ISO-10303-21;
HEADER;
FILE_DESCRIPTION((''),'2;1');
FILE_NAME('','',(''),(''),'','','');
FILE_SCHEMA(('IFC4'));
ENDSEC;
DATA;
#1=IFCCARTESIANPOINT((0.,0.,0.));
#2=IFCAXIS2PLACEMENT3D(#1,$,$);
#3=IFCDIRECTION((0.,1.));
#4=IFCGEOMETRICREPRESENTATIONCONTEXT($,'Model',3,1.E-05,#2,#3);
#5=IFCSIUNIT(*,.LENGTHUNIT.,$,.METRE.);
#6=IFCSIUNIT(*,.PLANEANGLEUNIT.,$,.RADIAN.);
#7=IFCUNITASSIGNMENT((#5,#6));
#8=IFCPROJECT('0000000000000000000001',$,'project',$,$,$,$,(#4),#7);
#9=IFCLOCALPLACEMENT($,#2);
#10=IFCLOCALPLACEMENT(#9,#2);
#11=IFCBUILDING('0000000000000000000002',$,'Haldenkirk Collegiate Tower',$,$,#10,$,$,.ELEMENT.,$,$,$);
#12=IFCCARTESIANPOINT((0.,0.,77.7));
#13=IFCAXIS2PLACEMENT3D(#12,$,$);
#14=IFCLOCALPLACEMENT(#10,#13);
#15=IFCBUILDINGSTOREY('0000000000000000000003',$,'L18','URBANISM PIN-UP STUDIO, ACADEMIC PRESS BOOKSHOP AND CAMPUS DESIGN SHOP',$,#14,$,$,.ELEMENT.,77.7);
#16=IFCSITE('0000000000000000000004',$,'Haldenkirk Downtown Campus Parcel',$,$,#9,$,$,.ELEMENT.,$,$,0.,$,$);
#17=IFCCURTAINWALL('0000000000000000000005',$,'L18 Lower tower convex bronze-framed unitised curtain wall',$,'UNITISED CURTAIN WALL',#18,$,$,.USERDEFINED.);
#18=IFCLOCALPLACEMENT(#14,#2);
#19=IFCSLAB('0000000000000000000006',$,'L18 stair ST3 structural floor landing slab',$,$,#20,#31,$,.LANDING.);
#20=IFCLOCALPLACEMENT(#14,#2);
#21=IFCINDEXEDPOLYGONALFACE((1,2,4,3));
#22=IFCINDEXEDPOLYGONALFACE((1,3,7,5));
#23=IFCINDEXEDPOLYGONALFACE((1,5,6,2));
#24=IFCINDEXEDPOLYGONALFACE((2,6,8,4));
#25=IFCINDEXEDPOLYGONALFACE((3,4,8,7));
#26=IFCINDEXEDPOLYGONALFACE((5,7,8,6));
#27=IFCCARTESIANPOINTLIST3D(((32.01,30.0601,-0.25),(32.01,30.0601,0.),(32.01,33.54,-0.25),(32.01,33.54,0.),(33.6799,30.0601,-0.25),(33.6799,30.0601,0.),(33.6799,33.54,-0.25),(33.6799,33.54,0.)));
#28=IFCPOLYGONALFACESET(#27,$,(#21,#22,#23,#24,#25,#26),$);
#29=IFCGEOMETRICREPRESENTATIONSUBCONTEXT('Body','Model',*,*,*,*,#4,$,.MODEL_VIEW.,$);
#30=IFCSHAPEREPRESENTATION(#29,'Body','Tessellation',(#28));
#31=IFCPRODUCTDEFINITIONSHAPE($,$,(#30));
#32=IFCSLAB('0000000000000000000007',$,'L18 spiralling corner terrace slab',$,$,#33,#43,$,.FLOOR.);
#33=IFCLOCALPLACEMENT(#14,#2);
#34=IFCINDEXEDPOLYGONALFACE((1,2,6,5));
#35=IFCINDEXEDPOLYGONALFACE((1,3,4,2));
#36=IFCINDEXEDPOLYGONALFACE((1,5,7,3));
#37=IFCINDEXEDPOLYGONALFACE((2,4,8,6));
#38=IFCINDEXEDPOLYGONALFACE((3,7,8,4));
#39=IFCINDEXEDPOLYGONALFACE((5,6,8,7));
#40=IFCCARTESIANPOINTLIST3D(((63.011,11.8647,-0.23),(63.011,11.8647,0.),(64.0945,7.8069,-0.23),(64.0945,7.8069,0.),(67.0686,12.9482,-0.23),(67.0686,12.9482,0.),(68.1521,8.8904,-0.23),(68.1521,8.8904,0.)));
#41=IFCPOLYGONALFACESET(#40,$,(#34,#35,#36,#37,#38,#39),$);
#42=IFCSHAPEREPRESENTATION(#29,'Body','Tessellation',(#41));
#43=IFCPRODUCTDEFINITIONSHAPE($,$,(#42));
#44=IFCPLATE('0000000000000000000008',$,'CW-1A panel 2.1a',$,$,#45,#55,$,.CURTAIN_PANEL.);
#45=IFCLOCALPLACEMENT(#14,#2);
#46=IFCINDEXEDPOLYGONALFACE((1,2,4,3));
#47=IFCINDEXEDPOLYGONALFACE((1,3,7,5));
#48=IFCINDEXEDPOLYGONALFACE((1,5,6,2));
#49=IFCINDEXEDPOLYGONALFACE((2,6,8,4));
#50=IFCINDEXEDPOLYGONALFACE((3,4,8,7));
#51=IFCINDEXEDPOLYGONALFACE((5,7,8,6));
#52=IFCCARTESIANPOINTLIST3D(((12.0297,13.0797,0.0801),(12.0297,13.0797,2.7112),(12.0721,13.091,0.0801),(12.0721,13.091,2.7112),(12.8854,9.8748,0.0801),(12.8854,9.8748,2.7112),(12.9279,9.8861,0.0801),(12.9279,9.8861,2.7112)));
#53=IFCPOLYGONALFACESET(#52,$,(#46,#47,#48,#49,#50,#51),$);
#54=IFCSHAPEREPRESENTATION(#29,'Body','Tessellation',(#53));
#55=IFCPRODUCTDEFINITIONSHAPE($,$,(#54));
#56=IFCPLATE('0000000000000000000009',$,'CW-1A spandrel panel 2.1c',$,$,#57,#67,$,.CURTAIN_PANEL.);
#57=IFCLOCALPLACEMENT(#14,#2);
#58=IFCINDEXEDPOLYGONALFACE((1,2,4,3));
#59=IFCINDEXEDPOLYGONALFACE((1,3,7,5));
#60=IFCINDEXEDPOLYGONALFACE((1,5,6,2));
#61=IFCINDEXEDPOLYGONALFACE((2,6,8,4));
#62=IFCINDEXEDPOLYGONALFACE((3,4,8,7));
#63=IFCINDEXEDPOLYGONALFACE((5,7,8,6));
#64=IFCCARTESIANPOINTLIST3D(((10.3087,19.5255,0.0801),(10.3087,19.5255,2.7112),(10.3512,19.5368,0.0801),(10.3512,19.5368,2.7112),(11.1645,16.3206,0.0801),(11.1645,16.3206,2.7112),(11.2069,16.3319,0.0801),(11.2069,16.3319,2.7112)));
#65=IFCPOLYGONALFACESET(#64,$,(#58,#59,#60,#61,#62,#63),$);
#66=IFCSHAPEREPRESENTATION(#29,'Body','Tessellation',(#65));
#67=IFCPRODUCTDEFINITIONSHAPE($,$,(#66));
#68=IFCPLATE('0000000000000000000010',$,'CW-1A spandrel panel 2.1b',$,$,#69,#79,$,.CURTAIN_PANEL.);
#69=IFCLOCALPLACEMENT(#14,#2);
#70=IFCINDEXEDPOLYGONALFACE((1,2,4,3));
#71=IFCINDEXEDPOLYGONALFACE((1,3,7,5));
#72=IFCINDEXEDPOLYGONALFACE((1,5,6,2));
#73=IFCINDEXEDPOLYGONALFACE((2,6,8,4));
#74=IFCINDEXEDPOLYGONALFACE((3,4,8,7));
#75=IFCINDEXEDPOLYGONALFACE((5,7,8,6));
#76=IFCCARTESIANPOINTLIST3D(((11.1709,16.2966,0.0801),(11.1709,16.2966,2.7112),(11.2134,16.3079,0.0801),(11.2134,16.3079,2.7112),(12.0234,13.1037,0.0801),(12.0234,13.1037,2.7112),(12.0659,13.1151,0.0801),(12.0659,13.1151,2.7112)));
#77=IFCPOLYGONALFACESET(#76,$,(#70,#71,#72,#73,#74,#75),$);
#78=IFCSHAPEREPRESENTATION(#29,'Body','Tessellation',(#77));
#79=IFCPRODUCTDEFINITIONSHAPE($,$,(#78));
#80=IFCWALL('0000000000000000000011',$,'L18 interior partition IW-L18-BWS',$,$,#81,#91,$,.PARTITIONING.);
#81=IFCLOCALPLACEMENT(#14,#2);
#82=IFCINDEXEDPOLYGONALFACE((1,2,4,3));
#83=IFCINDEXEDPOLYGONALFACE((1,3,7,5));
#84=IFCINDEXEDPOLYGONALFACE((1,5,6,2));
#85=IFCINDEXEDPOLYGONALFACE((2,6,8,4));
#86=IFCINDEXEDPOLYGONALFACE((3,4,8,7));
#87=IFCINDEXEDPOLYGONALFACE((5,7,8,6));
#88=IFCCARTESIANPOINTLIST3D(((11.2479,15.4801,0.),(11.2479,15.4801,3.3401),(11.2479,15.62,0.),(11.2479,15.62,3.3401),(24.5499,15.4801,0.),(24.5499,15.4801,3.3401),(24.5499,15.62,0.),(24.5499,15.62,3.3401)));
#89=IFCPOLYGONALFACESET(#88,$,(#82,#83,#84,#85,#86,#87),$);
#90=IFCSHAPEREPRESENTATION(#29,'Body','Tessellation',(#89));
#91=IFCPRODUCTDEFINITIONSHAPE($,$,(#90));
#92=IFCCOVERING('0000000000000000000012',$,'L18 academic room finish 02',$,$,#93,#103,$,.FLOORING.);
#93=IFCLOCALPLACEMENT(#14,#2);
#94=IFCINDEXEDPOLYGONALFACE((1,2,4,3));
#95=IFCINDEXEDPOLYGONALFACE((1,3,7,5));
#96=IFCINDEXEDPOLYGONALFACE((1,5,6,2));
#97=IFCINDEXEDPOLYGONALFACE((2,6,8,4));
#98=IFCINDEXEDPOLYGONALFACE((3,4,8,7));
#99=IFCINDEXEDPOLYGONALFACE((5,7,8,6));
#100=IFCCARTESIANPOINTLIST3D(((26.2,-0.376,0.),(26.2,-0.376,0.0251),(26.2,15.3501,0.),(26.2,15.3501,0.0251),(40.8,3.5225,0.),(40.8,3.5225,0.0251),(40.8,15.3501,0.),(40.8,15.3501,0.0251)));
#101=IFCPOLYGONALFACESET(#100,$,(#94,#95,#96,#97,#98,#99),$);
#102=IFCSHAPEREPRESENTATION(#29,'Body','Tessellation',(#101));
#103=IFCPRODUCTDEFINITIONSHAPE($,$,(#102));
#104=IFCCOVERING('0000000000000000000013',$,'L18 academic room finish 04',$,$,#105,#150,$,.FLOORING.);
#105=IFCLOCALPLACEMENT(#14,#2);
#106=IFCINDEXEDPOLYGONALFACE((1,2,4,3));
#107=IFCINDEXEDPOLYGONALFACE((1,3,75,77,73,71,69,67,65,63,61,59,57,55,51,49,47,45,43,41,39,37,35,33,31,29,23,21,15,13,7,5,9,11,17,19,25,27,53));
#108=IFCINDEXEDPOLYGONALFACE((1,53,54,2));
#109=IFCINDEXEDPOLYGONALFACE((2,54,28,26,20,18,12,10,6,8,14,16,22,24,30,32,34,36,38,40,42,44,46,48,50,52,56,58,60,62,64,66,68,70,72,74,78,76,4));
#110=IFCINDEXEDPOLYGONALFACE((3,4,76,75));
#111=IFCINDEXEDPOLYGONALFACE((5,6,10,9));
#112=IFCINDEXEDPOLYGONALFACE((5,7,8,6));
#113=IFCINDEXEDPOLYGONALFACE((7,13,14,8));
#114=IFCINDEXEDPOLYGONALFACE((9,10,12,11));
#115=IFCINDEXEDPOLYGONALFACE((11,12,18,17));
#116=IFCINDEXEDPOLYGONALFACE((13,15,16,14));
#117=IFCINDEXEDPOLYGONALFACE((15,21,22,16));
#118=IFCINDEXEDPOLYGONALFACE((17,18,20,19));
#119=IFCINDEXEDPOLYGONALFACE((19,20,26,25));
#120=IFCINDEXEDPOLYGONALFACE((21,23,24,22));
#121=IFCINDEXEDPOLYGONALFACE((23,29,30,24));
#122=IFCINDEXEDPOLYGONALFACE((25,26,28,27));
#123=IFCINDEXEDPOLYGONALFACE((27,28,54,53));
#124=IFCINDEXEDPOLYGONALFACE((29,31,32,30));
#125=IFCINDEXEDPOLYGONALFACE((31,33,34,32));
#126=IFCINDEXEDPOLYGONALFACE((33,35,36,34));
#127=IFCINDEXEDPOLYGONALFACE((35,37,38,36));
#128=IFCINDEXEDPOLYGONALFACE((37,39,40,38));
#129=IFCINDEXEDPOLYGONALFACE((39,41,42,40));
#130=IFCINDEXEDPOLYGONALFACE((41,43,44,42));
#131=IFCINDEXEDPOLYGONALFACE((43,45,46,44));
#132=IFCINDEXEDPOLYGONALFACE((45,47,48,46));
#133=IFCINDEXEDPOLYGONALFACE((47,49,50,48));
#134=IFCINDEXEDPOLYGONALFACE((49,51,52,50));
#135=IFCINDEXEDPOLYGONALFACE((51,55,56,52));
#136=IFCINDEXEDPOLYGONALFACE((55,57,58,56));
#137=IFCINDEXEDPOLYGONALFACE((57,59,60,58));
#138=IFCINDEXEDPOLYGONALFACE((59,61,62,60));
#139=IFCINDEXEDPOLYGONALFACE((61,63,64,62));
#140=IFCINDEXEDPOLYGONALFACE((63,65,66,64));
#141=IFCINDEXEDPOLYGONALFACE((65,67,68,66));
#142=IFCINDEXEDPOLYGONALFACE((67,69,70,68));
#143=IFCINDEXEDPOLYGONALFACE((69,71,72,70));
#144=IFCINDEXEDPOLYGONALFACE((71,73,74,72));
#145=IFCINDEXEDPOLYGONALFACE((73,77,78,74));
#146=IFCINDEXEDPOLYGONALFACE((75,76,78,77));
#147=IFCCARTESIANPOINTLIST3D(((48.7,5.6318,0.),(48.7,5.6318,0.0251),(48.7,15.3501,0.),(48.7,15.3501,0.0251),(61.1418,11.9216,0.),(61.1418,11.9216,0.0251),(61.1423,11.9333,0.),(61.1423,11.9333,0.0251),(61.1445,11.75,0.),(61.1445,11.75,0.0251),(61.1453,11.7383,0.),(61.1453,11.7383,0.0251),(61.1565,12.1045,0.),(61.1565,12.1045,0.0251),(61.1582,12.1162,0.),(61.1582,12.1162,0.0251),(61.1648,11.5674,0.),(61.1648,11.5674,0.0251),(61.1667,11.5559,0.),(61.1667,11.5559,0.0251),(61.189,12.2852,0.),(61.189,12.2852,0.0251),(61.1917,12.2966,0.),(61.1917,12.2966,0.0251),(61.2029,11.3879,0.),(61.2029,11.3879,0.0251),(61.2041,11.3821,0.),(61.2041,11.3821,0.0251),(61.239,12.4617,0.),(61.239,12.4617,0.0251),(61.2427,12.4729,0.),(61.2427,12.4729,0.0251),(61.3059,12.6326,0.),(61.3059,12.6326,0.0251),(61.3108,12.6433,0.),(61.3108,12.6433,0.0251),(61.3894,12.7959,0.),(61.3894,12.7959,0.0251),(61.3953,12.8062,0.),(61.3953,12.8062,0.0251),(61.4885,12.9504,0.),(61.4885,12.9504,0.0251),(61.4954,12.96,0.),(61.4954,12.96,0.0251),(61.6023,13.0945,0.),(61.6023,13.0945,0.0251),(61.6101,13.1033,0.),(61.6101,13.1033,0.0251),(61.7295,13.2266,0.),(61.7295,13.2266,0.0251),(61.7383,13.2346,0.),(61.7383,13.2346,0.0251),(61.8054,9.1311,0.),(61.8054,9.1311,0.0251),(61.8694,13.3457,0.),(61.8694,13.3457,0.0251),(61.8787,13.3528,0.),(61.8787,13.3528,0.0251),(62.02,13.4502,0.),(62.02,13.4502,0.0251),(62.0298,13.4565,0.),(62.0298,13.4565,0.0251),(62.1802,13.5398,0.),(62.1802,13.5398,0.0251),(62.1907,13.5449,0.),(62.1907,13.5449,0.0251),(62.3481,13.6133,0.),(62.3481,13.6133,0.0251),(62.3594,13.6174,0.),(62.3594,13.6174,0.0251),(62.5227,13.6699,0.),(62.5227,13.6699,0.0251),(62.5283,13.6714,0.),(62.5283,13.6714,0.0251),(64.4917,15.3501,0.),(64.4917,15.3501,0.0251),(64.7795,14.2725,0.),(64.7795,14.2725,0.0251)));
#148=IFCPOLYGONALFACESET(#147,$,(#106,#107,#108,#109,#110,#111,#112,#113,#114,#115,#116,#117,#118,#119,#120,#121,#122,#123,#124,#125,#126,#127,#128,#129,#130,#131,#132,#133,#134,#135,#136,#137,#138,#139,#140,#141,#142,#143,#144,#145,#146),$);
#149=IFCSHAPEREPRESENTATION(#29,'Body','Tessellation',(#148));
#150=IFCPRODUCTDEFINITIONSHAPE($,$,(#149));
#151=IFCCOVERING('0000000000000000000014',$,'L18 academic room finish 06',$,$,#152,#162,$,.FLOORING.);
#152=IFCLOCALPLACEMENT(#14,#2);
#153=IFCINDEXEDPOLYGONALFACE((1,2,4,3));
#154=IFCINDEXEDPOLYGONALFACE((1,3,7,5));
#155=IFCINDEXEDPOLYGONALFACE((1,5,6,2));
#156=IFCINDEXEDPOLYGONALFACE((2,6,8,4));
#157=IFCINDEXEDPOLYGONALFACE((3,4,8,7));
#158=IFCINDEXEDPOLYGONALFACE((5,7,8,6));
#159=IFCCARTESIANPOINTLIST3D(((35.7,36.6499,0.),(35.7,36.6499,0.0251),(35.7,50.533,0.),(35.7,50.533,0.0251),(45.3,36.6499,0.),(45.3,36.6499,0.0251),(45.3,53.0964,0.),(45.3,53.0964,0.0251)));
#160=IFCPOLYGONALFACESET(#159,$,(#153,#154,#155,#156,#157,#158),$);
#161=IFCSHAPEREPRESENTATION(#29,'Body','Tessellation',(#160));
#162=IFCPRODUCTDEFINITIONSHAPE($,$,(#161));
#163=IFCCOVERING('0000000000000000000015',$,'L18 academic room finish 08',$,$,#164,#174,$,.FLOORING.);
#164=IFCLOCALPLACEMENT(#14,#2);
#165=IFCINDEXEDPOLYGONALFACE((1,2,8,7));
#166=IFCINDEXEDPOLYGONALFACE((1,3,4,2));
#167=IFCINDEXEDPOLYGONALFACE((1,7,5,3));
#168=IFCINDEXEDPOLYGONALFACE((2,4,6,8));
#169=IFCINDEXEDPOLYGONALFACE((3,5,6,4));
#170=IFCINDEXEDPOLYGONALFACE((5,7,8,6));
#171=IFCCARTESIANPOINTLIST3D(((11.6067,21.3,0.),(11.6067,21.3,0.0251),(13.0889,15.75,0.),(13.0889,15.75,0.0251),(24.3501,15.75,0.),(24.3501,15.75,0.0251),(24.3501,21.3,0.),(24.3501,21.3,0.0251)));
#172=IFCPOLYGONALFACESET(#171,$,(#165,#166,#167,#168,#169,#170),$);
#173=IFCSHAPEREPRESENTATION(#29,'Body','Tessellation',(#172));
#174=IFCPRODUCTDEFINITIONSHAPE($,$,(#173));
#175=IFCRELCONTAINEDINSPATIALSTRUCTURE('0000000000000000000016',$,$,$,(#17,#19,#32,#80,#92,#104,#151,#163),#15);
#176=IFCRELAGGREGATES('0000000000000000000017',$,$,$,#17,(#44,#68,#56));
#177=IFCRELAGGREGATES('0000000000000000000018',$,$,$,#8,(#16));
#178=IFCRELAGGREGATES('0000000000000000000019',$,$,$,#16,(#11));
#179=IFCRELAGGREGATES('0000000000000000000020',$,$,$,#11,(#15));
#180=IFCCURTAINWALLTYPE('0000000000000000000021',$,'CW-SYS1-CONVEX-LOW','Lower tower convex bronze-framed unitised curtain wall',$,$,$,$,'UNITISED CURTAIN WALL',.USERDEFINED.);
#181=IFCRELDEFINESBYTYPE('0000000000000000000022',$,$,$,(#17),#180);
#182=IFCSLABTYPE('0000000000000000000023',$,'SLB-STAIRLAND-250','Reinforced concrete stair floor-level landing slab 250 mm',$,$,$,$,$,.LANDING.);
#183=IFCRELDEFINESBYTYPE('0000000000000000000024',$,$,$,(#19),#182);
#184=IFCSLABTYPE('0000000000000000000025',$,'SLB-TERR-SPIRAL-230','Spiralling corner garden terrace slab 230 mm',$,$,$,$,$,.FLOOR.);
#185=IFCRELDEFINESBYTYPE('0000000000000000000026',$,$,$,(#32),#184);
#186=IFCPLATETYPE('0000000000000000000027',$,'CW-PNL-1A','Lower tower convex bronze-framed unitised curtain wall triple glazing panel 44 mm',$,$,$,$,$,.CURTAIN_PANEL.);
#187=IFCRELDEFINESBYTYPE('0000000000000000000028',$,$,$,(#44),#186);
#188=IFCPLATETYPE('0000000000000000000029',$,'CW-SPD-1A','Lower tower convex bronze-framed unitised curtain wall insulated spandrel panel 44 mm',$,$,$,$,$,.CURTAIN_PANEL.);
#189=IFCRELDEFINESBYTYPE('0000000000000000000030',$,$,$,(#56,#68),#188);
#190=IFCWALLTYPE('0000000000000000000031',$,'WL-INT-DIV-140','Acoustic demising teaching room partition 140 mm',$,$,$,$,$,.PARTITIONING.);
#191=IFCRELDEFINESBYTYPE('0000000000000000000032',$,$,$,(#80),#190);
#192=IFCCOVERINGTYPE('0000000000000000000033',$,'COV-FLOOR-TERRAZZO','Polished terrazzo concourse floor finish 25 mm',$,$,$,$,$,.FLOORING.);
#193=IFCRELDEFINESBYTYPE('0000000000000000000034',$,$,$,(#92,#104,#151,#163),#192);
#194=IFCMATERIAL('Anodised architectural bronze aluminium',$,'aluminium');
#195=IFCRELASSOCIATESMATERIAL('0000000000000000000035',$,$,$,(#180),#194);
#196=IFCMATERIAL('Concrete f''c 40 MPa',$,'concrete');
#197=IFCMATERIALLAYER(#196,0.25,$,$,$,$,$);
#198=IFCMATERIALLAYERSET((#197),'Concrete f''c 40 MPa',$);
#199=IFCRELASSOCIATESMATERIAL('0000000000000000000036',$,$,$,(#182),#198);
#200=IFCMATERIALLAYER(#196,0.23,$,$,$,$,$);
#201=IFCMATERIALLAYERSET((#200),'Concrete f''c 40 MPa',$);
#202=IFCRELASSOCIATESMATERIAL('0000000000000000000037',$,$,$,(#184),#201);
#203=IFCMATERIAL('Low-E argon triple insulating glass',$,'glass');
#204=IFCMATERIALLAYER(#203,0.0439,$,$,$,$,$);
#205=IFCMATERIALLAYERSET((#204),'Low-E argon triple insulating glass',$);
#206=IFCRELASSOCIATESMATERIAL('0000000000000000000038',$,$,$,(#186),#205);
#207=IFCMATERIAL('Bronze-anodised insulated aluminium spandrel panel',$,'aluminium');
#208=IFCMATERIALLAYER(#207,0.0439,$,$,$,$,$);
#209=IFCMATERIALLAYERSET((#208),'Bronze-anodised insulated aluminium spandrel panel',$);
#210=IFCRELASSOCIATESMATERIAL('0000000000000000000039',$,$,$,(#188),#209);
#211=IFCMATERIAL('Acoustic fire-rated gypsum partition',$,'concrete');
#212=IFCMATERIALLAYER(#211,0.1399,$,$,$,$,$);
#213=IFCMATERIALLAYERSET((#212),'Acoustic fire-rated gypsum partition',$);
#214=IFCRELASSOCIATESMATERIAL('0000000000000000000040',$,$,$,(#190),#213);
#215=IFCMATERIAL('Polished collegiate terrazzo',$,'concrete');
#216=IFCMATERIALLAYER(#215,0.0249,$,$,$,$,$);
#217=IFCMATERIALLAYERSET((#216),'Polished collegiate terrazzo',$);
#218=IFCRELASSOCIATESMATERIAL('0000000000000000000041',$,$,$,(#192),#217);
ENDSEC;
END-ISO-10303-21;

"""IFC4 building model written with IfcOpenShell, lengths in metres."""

from ifc_helpers import new_model, si_unit, direction, frame, frame_2d, origin, origin_2d, place, context, subcontext, project, spatial, polyline, rectangle, outline, extrude, source, transform, mapped, material, layer, layer_set, type_object, element, aggregate, save


model = new_model("IFC4")

# Units and contexts
model_context = context("Model", 3, precision=1e-05, world=origin(), true_north=direction((0.0, 1.0)))
body_context = subcontext(model_context, "Body", "Model", "MODEL_VIEW")
ifc_project = project(units=[si_unit("LENGTHUNIT", "METRE"), si_unit("PLANEANGLEUNIT", "RADIAN")], contexts=[model_context])

# Site, building, storey
site_placement = place(None, origin())
site = spatial("IfcSite", under=ifc_project, at=site_placement, Name="Haldenkirk Downtown Campus Parcel", CompositionType="ELEMENT", RefElevation=0.0)
building_placement = place(site_placement, origin())
building = spatial("IfcBuilding", under=site, at=building_placement, Name="Haldenkirk Collegiate Tower", CompositionType="ELEMENT")
storey_placement = place(building_placement, frame((0.0, 0.0, 77.7)))
storey = spatial("IfcBuildingStorey", under=building, at=storey_placement, Name="L18", Description="URBANISM PIN-UP STUDIO, ACADEMIC PRESS BOOKSHOP AND CAMPUS DESIGN SHOP", CompositionType="ELEMENT", Elevation=77.7)

# Curtain wall
ifc_material_1 = material(Name="Anodised architectural bronze aluminium", Category="aluminium")
curtain_wall_type = type_object("IfcCurtainWallType", Name="CW-SYS1-CONVEX-LOW", Description="Lower tower convex bronze-framed unitised curtain wall", ElementType="UNITISED CURTAIN WALL", PredefinedType="USERDEFINED", material=ifc_material_1)
curtain_wall_placement = place(storey_placement, origin())
curtain_wall = element("IfcCurtainWall", 1, at=curtain_wall_placement, inside=storey, type_object=curtain_wall_type, Name="L18 Lower tower convex bronze-framed unitised curtain wall", ObjectType="UNITISED CURTAIN WALL", PredefinedType="USERDEFINED")

# Shared definitions
ifc_material_2 = material(Name="Concrete f'c 40 MPa", Category="concrete")

# Slabs
ifc_layer_1 = layer(ifc_material_2, 0.25)
ifc_layer_set_1 = layer_set([ifc_layer_1], Name="Concrete f'c 40 MPa")
slab_type_1 = type_object("IfcSlabType", Name="SLB-STAIRLAND-250", Description="Reinforced concrete stair floor-level landing slab 250 mm", PredefinedType="LANDING", material=ifc_layer_set_1)
slab_1_placement = place(storey_placement, frame((0.0, 0.0, -0.25)))
element("IfcSlab", 2, at=slab_1_placement, inside=storey, type_object=slab_type_1, Name="L18 stair ST3 structural floor landing slab", PredefinedType="LANDING", context=body_context, shape_type="SweptSolid", body=[
    extrude(outline(polyline([(32.01, 30.0601), (33.6799, 30.0601), (33.6799, 33.54), (32.01, 33.54), (32.01, 30.0601)])), origin(), (0.0, 0.0, 1.0), 0.25),
])
ifc_layer_2 = layer(ifc_material_2, 0.23)
ifc_layer_set_2 = layer_set([ifc_layer_2], Name="Concrete f'c 40 MPa")
slab_type_2 = type_object("IfcSlabType", Name="SLB-TERR-SPIRAL-230", Description="Spiralling corner garden terrace slab 230 mm", PredefinedType="FLOOR", material=ifc_layer_set_2)
slab_2_placement = place(storey_placement, frame((0.0, 0.0, -0.23)))
element("IfcSlab", 3, at=slab_2_placement, inside=storey, type_object=slab_type_2, Name="L18 spiralling corner terrace slab", PredefinedType="FLOOR", context=body_context, shape_type="SweptSolid", body=[
    extrude(outline(polyline([(64.0945, 7.8069), (68.1521, 8.8904), (67.0686, 12.9482), (63.011, 11.8647), (64.0945, 7.8069)])), origin(), (0.0, 0.0, 1.0), 0.23),
])

# Plates
ifc_material_3 = material(Name="Low-E argon triple insulating glass", Category="glass")
ifc_layer_3 = layer(ifc_material_3, 0.0439)
ifc_layer_set_3 = layer_set([ifc_layer_3], Name="Low-E argon triple insulating glass")
plate_type_1 = type_object("IfcPlateType", Name="CW-PNL-1A", Description="Lower tower convex bronze-framed unitised curtain wall triple glazing panel 44 mm", PredefinedType="CURTAIN_PANEL", material=ifc_layer_set_3)
shared_shape_1 = source(origin(), body_context, "Body", "SweptSolid", [
    extrude(rectangle(XDim=3.3171, YDim=0.0439, at=origin_2d()), origin(), (0.0, 0.0, 1.0), 2.6311),
])
plate_1_placement = place(storey_placement, frame((12.4788, 11.4829, 0.0801), z_axis=(0.0, 0.0, 1.0), x_axis=(-0.257974, 0.966152, 0.0)))
plate_1 = element("IfcPlate", 4, at=plate_1_placement, type_object=plate_type_1, Name="CW-1A panel 2.1a", PredefinedType="CURTAIN_PANEL", context=body_context, shape_type="MappedRepresentation", body=[
    mapped(shared_shape_1, transform((0.0, 0.0, 0.0), x_axis=(1.0, 0.0, 0.0), y_axis=(0.0, 1.0, 0.0), z_axis=(0.0, 0.0, 1.0), scale=1.0)),
])
ifc_material_4 = material(Name="Bronze-anodised insulated aluminium spandrel panel", Category="aluminium")
ifc_layer_4 = layer(ifc_material_4, 0.0439)
ifc_layer_set_4 = layer_set([ifc_layer_4], Name="Bronze-anodised insulated aluminium spandrel panel")
plate_type_2 = type_object("IfcPlateType", Name="CW-SPD-1A", Description="Lower tower convex bronze-framed unitised curtain wall insulated spandrel panel 44 mm", PredefinedType="CURTAIN_PANEL", material=ifc_layer_set_4)
plate_2_placement = place(storey_placement, frame((10.7578, 17.9287, 0.0801), z_axis=(0.0, 0.0, 1.0), x_axis=(-0.257974, 0.966152, 0.0)))
plate_2 = element("IfcPlate", 5, at=plate_2_placement, type_object=plate_type_2, Name="CW-1A spandrel panel 2.1c", PredefinedType="CURTAIN_PANEL", context=body_context, shape_type="MappedRepresentation", body=[
    mapped(shared_shape_1, transform((0.0, 0.0, 0.0), x_axis=(1.0, 0.0, 0.0), y_axis=(0.0, 1.0, 0.0), z_axis=(0.0, 0.0, 1.0), scale=1.0)),
])
shared_shape_2 = source(origin(), body_context, "Body", "SweptSolid", [
    extrude(rectangle(XDim=3.3047, YDim=0.0439, at=origin_2d()), origin(), (0.0, 0.0, 1.0), 2.6311),
])
plate_3_placement = place(storey_placement, frame((11.6184, 14.7058, 0.0801), z_axis=(0.0, 0.0, 1.0), x_axis=(-0.257974, 0.966152, 0.0)))
plate_3 = element("IfcPlate", 6, at=plate_3_placement, type_object=plate_type_2, Name="CW-1A spandrel panel 2.1b", PredefinedType="CURTAIN_PANEL", context=body_context, shape_type="MappedRepresentation", body=[
    mapped(shared_shape_2, transform((0.0, 0.0, 0.0), x_axis=(1.0, 0.0, 0.0), y_axis=(0.0, 1.0, 0.0), z_axis=(0.0, 0.0, 1.0), scale=1.0)),
])
aggregate(curtain_wall, [plate_1, plate_3, plate_2])

# Wall
ifc_material_5 = material(Name="Acoustic fire-rated gypsum partition", Category="concrete")
ifc_layer_5 = layer(ifc_material_5, 0.1399)
ifc_layer_set_5 = layer_set([ifc_layer_5], Name="Acoustic fire-rated gypsum partition")
wall_type = type_object("IfcWallType", Name="WL-INT-DIV-140", Description="Acoustic demising teaching room partition 140 mm", PredefinedType="PARTITIONING", material=ifc_layer_set_5)
wall_placement = place(storey_placement, frame((11.248, 15.55, 0.0), z_axis=(0.0, 0.0, 1.0), x_axis=(1.0, 0.0, 0.0)))
element("IfcWall", 7, at=wall_placement, inside=storey, type_object=wall_type, Name="L18 interior partition IW-L18-BWS", PredefinedType="PARTITIONING", context=body_context, shape_type="SweptSolid", body=[
    extrude(rectangle(XDim=13.302, YDim=0.1399, at=frame_2d((6.6509, 0.0))), origin(), (0.0, 0.0, 1.0), 3.3401),
])

# Coverings
ifc_material_6 = material(Name="Polished collegiate terrazzo", Category="concrete")
ifc_layer_6 = layer(ifc_material_6, 0.0249)
ifc_layer_set_6 = layer_set([ifc_layer_6], Name="Polished collegiate terrazzo")
covering_type_1 = type_object("IfcCoveringType", Name="COV-FLOOR-TERRAZZO", Description="Polished terrazzo concourse floor finish 25 mm", PredefinedType="FLOORING", material=ifc_layer_set_6)
covering_1_placement = place(storey_placement, origin())
element("IfcCovering", 8, at=covering_1_placement, inside=storey, type_object=covering_type_1, Name="L18 academic room finish 02", PredefinedType="FLOORING", context=body_context, shape_type="SweptSolid", body=[
    extrude(outline(polyline([(26.2, -0.376), (26.2, 15.3501), (40.8, 15.3501), (40.8, 3.5225), (26.2, -0.376)])), origin(), (0.0, 0.0, 1.0), 0.0251),
])
covering_2_placement = place(storey_placement, origin())
element("IfcCovering", 9, at=covering_2_placement, inside=storey, type_object=covering_type_1, Name="L18 academic room finish 04", PredefinedType="FLOORING", context=body_context, shape_type="SweptSolid", body=[
    extrude(outline(polyline([(64.7795, 14.2725), (62.5283, 13.6714), (62.5227, 13.6699), (62.3594, 13.6174), (62.3481, 13.6133), (62.1907, 13.5449), (62.1802, 13.5398), (62.0298, 13.4565), (62.02, 13.4502), (61.8787, 13.3528), (61.8694, 13.3457), (61.7383, 13.2346), (61.7295, 13.2266), (61.6101, 13.1033), (61.6023, 13.0945), (61.4954, 12.96), (61.4885, 12.9504), (61.3953, 12.8062), (61.3894, 12.7959), (61.3108, 12.6433), (61.3059, 12.6326), (61.2427, 12.4729), (61.239, 12.4617), (61.1917, 12.2966), (61.189, 12.2852), (61.1582, 12.1162), (61.1565, 12.1045), (61.1423, 11.9333), (61.1418, 11.9216), (61.1445, 11.75), (61.1453, 11.7383), (61.1648, 11.5674), (61.1667, 11.5559), (61.2029, 11.3879), (61.2041, 11.3821), (61.8054, 9.1311), (48.7, 5.6318), (48.7, 15.3501), (64.4917, 15.3501), (64.7795, 14.2725)])), origin(), (0.0, 0.0, 1.0), 0.0251),
])
covering_3_placement = place(storey_placement, origin())
element("IfcCovering", 10, at=covering_3_placement, inside=storey, type_object=covering_type_1, Name="L18 academic room finish 06", PredefinedType="FLOORING", context=body_context, shape_type="SweptSolid", body=[
    extrude(outline(polyline([(45.3, 53.0964), (45.3, 36.6499), (35.7, 36.6499), (35.7, 50.533), (45.3, 53.0964)])), origin(), (0.0, 0.0, 1.0), 0.0251),
])
covering_4_placement = place(storey_placement, origin())
element("IfcCovering", 11, at=covering_4_placement, inside=storey, type_object=covering_type_1, Name="L18 academic room finish 08", PredefinedType="FLOORING", context=body_context, shape_type="SweptSolid", body=[
    extrude(outline(polyline([(11.6067, 21.3), (24.3501, 21.3), (24.3501, 15.75), (13.0889, 15.75), (11.6067, 21.3)])), origin(), (0.0, 0.0, 1.0), 0.0251),
])

save(model, "model.ifc")
